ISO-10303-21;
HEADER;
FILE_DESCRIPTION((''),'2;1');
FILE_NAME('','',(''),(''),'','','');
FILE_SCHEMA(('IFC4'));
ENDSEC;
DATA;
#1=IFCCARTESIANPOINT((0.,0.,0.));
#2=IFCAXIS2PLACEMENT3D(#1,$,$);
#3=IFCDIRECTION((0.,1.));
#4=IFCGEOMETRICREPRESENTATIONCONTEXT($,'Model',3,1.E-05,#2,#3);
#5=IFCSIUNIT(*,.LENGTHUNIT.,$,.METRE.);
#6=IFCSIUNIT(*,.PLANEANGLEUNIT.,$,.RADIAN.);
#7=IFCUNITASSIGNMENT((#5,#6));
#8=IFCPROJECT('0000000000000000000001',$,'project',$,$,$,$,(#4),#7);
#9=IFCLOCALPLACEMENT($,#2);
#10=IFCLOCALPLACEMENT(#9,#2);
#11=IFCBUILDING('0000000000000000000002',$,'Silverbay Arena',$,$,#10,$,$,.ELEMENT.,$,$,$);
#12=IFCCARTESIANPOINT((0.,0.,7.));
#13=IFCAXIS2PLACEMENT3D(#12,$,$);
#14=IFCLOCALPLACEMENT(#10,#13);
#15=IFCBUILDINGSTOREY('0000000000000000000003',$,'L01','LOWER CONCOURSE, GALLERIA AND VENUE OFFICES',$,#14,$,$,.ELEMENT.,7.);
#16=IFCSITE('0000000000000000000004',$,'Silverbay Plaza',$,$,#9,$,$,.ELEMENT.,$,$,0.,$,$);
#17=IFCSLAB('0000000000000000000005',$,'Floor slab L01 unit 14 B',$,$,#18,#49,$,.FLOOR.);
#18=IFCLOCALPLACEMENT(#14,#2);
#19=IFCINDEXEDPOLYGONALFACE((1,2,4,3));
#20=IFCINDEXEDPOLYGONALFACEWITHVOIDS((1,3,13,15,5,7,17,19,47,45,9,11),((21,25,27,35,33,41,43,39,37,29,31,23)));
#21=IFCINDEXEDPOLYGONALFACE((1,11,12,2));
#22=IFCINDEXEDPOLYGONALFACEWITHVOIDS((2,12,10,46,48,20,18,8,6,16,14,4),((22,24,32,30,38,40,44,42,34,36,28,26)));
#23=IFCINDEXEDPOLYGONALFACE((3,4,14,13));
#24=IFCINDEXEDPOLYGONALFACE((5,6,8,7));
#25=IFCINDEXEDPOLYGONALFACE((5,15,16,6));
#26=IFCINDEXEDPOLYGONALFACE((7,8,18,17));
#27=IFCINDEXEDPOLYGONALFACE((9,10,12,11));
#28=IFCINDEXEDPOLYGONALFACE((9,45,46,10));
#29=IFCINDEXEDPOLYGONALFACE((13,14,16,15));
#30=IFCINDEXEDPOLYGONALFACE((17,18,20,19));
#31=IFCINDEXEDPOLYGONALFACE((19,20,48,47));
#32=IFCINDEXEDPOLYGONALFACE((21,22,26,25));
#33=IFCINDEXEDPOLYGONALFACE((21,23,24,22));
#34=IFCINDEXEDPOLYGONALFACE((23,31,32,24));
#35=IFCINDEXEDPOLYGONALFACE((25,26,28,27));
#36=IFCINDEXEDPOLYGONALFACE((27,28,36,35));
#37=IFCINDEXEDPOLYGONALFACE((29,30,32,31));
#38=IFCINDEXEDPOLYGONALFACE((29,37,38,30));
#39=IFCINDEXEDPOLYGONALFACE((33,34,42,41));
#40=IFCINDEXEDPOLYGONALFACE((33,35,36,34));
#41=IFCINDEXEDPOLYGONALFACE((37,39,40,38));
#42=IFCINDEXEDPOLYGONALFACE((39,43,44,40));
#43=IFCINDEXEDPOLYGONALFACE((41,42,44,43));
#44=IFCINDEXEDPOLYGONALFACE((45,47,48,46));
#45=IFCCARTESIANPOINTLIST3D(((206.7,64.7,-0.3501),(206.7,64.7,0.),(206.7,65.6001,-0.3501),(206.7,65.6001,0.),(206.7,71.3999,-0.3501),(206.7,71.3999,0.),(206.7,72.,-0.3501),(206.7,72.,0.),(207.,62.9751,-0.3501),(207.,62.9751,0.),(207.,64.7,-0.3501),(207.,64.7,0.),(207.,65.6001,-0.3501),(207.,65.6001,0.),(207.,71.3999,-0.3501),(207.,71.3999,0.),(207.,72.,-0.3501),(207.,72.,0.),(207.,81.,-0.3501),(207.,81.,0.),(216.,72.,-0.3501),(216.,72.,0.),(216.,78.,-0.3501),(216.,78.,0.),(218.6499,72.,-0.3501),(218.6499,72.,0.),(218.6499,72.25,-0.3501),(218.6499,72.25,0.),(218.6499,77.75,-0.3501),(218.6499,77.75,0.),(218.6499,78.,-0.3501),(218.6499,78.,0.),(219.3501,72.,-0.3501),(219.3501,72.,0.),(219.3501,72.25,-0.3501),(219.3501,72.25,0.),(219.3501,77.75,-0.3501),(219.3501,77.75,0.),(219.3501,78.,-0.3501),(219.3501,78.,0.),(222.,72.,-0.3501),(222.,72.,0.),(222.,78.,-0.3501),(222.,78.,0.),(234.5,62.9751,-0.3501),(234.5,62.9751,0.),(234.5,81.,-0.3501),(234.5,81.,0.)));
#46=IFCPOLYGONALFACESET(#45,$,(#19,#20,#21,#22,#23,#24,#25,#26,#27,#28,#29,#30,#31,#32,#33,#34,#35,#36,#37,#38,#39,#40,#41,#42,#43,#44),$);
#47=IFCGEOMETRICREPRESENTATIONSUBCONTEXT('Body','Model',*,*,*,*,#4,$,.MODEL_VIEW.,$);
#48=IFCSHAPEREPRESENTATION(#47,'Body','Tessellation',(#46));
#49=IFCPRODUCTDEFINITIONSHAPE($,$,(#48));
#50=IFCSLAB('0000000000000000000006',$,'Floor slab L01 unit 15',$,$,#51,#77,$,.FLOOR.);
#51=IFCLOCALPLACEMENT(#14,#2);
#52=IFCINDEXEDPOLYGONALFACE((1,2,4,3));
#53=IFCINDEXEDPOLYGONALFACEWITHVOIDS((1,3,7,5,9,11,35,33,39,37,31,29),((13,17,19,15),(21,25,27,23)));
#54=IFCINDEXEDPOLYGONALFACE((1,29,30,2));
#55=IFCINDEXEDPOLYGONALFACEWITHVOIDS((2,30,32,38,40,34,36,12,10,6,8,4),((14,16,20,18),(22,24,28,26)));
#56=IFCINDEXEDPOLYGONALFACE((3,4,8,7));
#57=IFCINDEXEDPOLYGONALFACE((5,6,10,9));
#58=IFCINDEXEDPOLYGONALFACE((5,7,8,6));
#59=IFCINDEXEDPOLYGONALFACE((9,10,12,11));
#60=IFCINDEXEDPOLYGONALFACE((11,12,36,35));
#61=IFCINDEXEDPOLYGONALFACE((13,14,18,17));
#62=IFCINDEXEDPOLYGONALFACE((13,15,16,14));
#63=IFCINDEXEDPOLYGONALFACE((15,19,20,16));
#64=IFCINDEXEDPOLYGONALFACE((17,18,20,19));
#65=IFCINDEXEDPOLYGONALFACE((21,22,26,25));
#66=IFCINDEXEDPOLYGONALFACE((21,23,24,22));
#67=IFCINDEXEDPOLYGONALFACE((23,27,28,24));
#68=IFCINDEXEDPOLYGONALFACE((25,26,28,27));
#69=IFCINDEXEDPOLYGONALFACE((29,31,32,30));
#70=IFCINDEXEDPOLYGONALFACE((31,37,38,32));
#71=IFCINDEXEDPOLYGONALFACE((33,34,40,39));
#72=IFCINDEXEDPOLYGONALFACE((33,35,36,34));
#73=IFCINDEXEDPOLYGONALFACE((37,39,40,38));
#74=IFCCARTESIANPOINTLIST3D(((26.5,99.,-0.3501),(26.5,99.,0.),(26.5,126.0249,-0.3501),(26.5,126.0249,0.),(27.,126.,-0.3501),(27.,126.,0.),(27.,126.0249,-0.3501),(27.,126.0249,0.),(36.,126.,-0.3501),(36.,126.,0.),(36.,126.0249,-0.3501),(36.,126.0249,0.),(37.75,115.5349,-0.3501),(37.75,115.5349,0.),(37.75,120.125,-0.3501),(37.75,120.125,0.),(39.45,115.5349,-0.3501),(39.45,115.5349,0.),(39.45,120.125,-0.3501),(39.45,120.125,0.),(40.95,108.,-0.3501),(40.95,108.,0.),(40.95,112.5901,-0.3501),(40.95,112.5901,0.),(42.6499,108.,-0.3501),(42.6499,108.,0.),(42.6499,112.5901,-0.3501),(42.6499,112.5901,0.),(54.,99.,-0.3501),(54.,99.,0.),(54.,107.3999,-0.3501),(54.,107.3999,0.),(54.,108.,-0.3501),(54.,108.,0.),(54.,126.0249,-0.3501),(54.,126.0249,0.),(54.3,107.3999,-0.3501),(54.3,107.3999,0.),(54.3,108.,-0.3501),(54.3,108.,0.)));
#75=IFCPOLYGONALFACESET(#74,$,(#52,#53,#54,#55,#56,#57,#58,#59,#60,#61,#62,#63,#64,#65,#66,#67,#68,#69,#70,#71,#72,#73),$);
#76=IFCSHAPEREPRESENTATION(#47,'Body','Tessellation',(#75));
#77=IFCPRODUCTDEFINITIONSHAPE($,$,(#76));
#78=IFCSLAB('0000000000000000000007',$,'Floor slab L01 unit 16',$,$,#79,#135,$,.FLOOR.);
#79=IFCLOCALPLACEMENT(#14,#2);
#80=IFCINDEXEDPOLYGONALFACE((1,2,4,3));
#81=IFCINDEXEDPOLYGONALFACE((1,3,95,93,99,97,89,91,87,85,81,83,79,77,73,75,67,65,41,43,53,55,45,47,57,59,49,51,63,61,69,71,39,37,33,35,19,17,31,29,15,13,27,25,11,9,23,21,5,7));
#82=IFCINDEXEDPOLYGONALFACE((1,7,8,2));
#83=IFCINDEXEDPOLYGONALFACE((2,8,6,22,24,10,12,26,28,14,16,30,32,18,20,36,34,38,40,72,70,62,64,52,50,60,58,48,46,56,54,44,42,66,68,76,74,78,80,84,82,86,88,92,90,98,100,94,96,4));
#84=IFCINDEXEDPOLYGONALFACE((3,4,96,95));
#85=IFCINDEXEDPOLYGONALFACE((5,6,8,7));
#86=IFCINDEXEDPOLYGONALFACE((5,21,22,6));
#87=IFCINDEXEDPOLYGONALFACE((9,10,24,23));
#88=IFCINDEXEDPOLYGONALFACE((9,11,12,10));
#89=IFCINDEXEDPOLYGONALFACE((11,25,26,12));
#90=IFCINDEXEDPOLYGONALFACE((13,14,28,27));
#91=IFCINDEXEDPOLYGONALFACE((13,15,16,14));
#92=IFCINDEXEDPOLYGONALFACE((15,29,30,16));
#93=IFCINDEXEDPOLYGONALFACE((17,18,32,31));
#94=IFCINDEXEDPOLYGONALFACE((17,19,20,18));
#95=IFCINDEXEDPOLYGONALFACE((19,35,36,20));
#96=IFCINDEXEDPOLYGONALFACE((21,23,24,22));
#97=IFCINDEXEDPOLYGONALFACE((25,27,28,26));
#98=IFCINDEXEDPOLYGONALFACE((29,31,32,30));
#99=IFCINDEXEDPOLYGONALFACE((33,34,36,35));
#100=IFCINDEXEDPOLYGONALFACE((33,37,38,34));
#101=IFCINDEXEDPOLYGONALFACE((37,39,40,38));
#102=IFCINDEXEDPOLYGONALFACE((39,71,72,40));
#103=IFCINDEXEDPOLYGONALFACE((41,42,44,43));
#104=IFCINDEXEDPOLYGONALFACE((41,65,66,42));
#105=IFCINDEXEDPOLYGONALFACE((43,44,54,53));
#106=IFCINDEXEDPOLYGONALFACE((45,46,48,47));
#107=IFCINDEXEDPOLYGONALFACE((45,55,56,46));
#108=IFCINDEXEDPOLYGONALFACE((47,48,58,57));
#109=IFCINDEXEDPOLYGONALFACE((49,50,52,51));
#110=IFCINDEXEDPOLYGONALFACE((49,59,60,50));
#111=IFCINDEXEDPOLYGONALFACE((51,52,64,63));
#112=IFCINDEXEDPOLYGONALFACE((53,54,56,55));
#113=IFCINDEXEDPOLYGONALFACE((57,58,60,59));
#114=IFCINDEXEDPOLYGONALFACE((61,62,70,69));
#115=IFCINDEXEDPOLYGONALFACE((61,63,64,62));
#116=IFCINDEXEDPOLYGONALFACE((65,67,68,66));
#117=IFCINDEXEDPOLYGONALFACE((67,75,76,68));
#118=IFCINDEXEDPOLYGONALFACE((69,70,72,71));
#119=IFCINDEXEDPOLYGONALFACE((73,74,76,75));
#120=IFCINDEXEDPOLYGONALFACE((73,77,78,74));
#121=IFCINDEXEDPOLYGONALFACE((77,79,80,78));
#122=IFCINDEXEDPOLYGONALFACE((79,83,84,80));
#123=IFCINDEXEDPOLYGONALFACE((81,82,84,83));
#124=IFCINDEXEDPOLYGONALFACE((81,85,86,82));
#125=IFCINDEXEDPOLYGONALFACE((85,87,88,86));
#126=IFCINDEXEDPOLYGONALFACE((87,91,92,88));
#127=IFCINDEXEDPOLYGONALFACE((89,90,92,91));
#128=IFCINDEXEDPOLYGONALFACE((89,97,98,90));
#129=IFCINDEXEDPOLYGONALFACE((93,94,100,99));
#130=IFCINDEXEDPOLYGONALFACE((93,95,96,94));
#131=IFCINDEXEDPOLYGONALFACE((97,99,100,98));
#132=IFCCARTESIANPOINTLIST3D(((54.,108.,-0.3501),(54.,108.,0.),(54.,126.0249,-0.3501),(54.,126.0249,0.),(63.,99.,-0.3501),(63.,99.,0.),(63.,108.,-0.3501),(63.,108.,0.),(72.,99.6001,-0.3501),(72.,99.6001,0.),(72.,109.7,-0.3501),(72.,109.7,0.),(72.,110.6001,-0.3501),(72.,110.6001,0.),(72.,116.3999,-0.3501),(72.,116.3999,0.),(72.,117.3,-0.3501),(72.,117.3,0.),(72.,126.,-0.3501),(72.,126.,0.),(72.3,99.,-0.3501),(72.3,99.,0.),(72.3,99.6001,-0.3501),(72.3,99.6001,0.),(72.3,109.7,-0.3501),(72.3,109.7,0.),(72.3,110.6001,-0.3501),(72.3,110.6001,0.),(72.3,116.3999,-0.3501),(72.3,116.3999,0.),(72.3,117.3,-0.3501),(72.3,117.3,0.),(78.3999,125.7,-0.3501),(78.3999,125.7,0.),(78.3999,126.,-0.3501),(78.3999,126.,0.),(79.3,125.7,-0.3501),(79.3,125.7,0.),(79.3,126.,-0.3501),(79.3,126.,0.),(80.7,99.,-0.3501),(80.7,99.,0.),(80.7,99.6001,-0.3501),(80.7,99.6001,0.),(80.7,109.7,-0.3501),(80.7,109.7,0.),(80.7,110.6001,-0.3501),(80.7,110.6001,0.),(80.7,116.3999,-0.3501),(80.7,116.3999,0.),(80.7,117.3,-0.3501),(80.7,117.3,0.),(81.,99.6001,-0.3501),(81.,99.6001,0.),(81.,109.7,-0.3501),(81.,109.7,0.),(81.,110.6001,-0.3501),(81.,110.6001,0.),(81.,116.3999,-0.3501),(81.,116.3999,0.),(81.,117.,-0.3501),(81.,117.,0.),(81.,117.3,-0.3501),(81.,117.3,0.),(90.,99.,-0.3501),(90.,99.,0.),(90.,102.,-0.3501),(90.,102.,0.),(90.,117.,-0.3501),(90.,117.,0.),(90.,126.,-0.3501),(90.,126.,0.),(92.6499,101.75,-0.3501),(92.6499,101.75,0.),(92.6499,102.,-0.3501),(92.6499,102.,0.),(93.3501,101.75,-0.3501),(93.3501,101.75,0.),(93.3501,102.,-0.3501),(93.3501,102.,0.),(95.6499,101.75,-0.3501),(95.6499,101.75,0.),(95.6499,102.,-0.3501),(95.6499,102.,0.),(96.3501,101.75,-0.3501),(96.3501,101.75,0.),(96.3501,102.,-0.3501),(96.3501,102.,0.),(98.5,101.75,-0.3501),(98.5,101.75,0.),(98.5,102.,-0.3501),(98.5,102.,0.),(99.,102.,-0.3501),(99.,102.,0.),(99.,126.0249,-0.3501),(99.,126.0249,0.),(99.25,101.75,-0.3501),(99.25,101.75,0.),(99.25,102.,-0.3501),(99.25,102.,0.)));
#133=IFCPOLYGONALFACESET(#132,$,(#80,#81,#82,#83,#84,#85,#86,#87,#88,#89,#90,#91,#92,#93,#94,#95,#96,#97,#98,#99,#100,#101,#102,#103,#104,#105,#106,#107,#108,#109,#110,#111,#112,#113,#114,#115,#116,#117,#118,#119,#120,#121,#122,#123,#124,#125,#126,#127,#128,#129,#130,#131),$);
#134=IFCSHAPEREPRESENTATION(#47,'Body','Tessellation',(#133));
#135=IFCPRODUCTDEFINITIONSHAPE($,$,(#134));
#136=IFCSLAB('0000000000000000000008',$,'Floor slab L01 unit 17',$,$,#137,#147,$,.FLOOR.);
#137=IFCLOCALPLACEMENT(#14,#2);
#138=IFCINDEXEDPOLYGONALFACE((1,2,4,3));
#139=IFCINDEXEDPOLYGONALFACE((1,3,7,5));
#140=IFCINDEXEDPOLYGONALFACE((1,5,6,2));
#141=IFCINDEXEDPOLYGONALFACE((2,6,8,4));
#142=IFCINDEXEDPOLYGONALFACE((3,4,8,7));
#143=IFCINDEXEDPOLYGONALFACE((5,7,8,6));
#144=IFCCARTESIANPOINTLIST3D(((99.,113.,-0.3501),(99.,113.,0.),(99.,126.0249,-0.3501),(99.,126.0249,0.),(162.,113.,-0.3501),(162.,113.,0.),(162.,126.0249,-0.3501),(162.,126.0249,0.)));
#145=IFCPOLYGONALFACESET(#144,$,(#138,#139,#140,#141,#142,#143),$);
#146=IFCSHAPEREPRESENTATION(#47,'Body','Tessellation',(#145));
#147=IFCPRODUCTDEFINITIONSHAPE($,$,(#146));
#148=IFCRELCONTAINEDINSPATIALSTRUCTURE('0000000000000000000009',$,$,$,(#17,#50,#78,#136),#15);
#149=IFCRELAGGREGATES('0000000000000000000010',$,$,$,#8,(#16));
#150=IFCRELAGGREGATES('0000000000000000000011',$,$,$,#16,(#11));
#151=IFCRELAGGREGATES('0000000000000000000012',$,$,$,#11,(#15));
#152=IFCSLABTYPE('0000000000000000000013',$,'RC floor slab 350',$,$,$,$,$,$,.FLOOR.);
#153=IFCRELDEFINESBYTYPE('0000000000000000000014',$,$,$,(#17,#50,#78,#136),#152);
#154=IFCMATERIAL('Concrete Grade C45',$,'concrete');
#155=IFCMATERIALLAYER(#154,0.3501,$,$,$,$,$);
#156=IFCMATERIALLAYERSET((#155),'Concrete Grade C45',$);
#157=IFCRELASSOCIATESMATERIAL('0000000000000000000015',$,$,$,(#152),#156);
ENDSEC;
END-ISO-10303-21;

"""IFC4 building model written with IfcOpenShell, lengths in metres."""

from ifc_helpers import new_model, si_unit, direction, frame, origin, place, context, subcontext, project, spatial, polyline, outline, extrude, material, layer, layer_set, type_object, element, save


model = new_model("IFC4")

# Units and contexts
model_context = context("Model", 3, precision=1e-05, world=origin(), true_north=direction((0.0, 1.0)))
body_context = subcontext(model_context, "Body", "Model", "MODEL_VIEW")
ifc_project = project(units=[si_unit("LENGTHUNIT", "METRE"), si_unit("PLANEANGLEUNIT", "RADIAN")], contexts=[model_context])

# Site, building, storey
site_placement = place(None, origin())
site = spatial("IfcSite", under=ifc_project, at=site_placement, Name="Silverbay Plaza", CompositionType="ELEMENT", RefElevation=0.0)
building_placement = place(site_placement, origin())
building = spatial("IfcBuilding", under=site, at=building_placement, Name="Silverbay Arena", CompositionType="ELEMENT")
storey_placement = place(building_placement, frame((0.0, 0.0, 7.0)))
storey = spatial("IfcBuildingStorey", under=building, at=storey_placement, Name="L01", Description="LOWER CONCOURSE, GALLERIA AND VENUE OFFICES", CompositionType="ELEMENT", Elevation=7.0)

# Slabs
ifc_material_1 = material(Name="Concrete Grade C45", Category="concrete")
ifc_layer_1 = layer(ifc_material_1, 0.3501)
ifc_layer_set_1 = layer_set([ifc_layer_1], Name="Concrete Grade C45")
slab_type_1 = type_object("IfcSlabType", Name="RC floor slab 350", PredefinedType="FLOOR", material=ifc_layer_set_1)
slab_1_placement = place(storey_placement, frame((0.0, 0.0, -0.3501)))
element("IfcSlab", 1, at=slab_1_placement, inside=storey, type_object=slab_type_1, Name="Floor slab L01 unit 14 B", PredefinedType="FLOOR", context=body_context, shape_type="SweptSolid", body=[
    extrude(outline(polyline([(206.7, 65.6001), (207.0, 65.6001), (207.0, 71.3999), (206.7, 71.3999), (206.7, 72.0), (207.0, 72.0), (207.0, 81.0), (234.5, 81.0), (234.5, 62.9751), (207.0, 62.9751), (207.0, 64.7), (206.7, 64.7), (206.7, 65.6001)]), holes=[polyline([(219.3501, 72.25), (219.3501, 72.0), (222.0, 72.0), (222.0, 78.0), (219.3501, 78.0), (219.3501, 77.75), (218.6499, 77.75), (218.6499, 78.0), (216.0, 78.0), (216.0, 72.0), (218.6499, 72.0), (218.6499, 72.25), (219.3501, 72.25)])]), origin(), (0.0, 0.0, 1.0), 0.3501),
])
slab_2_placement = place(storey_placement, frame((0.0, 0.0, -0.3501)))
element("IfcSlab", 2, at=slab_2_placement, inside=storey, type_object=slab_type_1, Name="Floor slab L01 unit 15", PredefinedType="FLOOR", context=body_context, shape_type="SweptSolid", body=[
    extrude(outline(polyline([(54.3, 107.3999), (54.0, 107.3999), (54.0, 99.0), (26.5, 99.0), (26.5, 126.0249), (27.0, 126.0249), (27.0, 126.0), (36.0, 126.0), (36.0, 126.0249), (54.0, 126.0249), (54.0, 108.0), (54.3, 108.0), (54.3, 107.3999)]), holes=[polyline([(42.6499, 112.5901), (40.95, 112.5901), (40.95, 108.0), (42.6499, 108.0), (42.6499, 112.5901)]), polyline([(37.75, 120.125), (37.75, 115.5349), (39.45, 115.5349), (39.45, 120.125), (37.75, 120.125)])]), origin(), (0.0, 0.0, 1.0), 0.3501),
])
slab_3_placement = place(storey_placement, frame((0.0, 0.0, -0.3501)))
element("IfcSlab", 3, at=slab_3_placement, inside=storey, type_object=slab_type_1, Name="Floor slab L01 unit 16", PredefinedType="FLOOR", context=body_context, shape_type="SweptSolid", body=[
    extrude(outline(polyline([(72.3, 99.0), (63.0, 99.0), (63.0, 108.0), (54.0, 108.0), (54.0, 126.0249), (99.0, 126.0249), (99.0, 102.0), (99.25, 102.0), (99.25, 101.75), (98.5, 101.75), (98.5, 102.0), (96.3501, 102.0), (96.3501, 101.75), (95.6499, 101.75), (95.6499, 102.0), (93.3501, 102.0), (93.3501, 101.75), (92.6499, 101.75), (92.6499, 102.0), (90.0, 102.0), (90.0, 99.0), (80.7, 99.0), (80.7, 99.6001), (81.0, 99.6001), (81.0, 109.7), (80.7, 109.7), (80.7, 110.6001), (81.0, 110.6001), (81.0, 116.3999), (80.7, 116.3999), (80.7, 117.3), (81.0, 117.3), (81.0, 117.0), (90.0, 117.0), (90.0, 126.0), (79.3, 126.0), (79.3, 125.7), (78.3999, 125.7), (78.3999, 126.0), (72.0, 126.0), (72.0, 117.3), (72.3, 117.3), (72.3, 116.3999), (72.0, 116.3999), (72.0, 110.6001), (72.3, 110.6001), (72.3, 109.7), (72.0, 109.7), (72.0, 99.6001), (72.3, 99.6001), (72.3, 99.0)])), origin(), (0.0, 0.0, 1.0), 0.3501),
])
slab_4_placement = place(storey_placement, frame((0.0, 0.0, -0.3501)))
element("IfcSlab", 4, at=slab_4_placement, inside=storey, type_object=slab_type_1, Name="Floor slab L01 unit 17", PredefinedType="FLOOR", context=body_context, shape_type="SweptSolid", body=[
    extrude(outline(polyline([(162.0, 126.0249), (162.0, 113.0), (99.0, 113.0), (99.0, 126.0249), (162.0, 126.0249)])), origin(), (0.0, 0.0, 1.0), 0.3501),
])

save(model, "model.ifc")
